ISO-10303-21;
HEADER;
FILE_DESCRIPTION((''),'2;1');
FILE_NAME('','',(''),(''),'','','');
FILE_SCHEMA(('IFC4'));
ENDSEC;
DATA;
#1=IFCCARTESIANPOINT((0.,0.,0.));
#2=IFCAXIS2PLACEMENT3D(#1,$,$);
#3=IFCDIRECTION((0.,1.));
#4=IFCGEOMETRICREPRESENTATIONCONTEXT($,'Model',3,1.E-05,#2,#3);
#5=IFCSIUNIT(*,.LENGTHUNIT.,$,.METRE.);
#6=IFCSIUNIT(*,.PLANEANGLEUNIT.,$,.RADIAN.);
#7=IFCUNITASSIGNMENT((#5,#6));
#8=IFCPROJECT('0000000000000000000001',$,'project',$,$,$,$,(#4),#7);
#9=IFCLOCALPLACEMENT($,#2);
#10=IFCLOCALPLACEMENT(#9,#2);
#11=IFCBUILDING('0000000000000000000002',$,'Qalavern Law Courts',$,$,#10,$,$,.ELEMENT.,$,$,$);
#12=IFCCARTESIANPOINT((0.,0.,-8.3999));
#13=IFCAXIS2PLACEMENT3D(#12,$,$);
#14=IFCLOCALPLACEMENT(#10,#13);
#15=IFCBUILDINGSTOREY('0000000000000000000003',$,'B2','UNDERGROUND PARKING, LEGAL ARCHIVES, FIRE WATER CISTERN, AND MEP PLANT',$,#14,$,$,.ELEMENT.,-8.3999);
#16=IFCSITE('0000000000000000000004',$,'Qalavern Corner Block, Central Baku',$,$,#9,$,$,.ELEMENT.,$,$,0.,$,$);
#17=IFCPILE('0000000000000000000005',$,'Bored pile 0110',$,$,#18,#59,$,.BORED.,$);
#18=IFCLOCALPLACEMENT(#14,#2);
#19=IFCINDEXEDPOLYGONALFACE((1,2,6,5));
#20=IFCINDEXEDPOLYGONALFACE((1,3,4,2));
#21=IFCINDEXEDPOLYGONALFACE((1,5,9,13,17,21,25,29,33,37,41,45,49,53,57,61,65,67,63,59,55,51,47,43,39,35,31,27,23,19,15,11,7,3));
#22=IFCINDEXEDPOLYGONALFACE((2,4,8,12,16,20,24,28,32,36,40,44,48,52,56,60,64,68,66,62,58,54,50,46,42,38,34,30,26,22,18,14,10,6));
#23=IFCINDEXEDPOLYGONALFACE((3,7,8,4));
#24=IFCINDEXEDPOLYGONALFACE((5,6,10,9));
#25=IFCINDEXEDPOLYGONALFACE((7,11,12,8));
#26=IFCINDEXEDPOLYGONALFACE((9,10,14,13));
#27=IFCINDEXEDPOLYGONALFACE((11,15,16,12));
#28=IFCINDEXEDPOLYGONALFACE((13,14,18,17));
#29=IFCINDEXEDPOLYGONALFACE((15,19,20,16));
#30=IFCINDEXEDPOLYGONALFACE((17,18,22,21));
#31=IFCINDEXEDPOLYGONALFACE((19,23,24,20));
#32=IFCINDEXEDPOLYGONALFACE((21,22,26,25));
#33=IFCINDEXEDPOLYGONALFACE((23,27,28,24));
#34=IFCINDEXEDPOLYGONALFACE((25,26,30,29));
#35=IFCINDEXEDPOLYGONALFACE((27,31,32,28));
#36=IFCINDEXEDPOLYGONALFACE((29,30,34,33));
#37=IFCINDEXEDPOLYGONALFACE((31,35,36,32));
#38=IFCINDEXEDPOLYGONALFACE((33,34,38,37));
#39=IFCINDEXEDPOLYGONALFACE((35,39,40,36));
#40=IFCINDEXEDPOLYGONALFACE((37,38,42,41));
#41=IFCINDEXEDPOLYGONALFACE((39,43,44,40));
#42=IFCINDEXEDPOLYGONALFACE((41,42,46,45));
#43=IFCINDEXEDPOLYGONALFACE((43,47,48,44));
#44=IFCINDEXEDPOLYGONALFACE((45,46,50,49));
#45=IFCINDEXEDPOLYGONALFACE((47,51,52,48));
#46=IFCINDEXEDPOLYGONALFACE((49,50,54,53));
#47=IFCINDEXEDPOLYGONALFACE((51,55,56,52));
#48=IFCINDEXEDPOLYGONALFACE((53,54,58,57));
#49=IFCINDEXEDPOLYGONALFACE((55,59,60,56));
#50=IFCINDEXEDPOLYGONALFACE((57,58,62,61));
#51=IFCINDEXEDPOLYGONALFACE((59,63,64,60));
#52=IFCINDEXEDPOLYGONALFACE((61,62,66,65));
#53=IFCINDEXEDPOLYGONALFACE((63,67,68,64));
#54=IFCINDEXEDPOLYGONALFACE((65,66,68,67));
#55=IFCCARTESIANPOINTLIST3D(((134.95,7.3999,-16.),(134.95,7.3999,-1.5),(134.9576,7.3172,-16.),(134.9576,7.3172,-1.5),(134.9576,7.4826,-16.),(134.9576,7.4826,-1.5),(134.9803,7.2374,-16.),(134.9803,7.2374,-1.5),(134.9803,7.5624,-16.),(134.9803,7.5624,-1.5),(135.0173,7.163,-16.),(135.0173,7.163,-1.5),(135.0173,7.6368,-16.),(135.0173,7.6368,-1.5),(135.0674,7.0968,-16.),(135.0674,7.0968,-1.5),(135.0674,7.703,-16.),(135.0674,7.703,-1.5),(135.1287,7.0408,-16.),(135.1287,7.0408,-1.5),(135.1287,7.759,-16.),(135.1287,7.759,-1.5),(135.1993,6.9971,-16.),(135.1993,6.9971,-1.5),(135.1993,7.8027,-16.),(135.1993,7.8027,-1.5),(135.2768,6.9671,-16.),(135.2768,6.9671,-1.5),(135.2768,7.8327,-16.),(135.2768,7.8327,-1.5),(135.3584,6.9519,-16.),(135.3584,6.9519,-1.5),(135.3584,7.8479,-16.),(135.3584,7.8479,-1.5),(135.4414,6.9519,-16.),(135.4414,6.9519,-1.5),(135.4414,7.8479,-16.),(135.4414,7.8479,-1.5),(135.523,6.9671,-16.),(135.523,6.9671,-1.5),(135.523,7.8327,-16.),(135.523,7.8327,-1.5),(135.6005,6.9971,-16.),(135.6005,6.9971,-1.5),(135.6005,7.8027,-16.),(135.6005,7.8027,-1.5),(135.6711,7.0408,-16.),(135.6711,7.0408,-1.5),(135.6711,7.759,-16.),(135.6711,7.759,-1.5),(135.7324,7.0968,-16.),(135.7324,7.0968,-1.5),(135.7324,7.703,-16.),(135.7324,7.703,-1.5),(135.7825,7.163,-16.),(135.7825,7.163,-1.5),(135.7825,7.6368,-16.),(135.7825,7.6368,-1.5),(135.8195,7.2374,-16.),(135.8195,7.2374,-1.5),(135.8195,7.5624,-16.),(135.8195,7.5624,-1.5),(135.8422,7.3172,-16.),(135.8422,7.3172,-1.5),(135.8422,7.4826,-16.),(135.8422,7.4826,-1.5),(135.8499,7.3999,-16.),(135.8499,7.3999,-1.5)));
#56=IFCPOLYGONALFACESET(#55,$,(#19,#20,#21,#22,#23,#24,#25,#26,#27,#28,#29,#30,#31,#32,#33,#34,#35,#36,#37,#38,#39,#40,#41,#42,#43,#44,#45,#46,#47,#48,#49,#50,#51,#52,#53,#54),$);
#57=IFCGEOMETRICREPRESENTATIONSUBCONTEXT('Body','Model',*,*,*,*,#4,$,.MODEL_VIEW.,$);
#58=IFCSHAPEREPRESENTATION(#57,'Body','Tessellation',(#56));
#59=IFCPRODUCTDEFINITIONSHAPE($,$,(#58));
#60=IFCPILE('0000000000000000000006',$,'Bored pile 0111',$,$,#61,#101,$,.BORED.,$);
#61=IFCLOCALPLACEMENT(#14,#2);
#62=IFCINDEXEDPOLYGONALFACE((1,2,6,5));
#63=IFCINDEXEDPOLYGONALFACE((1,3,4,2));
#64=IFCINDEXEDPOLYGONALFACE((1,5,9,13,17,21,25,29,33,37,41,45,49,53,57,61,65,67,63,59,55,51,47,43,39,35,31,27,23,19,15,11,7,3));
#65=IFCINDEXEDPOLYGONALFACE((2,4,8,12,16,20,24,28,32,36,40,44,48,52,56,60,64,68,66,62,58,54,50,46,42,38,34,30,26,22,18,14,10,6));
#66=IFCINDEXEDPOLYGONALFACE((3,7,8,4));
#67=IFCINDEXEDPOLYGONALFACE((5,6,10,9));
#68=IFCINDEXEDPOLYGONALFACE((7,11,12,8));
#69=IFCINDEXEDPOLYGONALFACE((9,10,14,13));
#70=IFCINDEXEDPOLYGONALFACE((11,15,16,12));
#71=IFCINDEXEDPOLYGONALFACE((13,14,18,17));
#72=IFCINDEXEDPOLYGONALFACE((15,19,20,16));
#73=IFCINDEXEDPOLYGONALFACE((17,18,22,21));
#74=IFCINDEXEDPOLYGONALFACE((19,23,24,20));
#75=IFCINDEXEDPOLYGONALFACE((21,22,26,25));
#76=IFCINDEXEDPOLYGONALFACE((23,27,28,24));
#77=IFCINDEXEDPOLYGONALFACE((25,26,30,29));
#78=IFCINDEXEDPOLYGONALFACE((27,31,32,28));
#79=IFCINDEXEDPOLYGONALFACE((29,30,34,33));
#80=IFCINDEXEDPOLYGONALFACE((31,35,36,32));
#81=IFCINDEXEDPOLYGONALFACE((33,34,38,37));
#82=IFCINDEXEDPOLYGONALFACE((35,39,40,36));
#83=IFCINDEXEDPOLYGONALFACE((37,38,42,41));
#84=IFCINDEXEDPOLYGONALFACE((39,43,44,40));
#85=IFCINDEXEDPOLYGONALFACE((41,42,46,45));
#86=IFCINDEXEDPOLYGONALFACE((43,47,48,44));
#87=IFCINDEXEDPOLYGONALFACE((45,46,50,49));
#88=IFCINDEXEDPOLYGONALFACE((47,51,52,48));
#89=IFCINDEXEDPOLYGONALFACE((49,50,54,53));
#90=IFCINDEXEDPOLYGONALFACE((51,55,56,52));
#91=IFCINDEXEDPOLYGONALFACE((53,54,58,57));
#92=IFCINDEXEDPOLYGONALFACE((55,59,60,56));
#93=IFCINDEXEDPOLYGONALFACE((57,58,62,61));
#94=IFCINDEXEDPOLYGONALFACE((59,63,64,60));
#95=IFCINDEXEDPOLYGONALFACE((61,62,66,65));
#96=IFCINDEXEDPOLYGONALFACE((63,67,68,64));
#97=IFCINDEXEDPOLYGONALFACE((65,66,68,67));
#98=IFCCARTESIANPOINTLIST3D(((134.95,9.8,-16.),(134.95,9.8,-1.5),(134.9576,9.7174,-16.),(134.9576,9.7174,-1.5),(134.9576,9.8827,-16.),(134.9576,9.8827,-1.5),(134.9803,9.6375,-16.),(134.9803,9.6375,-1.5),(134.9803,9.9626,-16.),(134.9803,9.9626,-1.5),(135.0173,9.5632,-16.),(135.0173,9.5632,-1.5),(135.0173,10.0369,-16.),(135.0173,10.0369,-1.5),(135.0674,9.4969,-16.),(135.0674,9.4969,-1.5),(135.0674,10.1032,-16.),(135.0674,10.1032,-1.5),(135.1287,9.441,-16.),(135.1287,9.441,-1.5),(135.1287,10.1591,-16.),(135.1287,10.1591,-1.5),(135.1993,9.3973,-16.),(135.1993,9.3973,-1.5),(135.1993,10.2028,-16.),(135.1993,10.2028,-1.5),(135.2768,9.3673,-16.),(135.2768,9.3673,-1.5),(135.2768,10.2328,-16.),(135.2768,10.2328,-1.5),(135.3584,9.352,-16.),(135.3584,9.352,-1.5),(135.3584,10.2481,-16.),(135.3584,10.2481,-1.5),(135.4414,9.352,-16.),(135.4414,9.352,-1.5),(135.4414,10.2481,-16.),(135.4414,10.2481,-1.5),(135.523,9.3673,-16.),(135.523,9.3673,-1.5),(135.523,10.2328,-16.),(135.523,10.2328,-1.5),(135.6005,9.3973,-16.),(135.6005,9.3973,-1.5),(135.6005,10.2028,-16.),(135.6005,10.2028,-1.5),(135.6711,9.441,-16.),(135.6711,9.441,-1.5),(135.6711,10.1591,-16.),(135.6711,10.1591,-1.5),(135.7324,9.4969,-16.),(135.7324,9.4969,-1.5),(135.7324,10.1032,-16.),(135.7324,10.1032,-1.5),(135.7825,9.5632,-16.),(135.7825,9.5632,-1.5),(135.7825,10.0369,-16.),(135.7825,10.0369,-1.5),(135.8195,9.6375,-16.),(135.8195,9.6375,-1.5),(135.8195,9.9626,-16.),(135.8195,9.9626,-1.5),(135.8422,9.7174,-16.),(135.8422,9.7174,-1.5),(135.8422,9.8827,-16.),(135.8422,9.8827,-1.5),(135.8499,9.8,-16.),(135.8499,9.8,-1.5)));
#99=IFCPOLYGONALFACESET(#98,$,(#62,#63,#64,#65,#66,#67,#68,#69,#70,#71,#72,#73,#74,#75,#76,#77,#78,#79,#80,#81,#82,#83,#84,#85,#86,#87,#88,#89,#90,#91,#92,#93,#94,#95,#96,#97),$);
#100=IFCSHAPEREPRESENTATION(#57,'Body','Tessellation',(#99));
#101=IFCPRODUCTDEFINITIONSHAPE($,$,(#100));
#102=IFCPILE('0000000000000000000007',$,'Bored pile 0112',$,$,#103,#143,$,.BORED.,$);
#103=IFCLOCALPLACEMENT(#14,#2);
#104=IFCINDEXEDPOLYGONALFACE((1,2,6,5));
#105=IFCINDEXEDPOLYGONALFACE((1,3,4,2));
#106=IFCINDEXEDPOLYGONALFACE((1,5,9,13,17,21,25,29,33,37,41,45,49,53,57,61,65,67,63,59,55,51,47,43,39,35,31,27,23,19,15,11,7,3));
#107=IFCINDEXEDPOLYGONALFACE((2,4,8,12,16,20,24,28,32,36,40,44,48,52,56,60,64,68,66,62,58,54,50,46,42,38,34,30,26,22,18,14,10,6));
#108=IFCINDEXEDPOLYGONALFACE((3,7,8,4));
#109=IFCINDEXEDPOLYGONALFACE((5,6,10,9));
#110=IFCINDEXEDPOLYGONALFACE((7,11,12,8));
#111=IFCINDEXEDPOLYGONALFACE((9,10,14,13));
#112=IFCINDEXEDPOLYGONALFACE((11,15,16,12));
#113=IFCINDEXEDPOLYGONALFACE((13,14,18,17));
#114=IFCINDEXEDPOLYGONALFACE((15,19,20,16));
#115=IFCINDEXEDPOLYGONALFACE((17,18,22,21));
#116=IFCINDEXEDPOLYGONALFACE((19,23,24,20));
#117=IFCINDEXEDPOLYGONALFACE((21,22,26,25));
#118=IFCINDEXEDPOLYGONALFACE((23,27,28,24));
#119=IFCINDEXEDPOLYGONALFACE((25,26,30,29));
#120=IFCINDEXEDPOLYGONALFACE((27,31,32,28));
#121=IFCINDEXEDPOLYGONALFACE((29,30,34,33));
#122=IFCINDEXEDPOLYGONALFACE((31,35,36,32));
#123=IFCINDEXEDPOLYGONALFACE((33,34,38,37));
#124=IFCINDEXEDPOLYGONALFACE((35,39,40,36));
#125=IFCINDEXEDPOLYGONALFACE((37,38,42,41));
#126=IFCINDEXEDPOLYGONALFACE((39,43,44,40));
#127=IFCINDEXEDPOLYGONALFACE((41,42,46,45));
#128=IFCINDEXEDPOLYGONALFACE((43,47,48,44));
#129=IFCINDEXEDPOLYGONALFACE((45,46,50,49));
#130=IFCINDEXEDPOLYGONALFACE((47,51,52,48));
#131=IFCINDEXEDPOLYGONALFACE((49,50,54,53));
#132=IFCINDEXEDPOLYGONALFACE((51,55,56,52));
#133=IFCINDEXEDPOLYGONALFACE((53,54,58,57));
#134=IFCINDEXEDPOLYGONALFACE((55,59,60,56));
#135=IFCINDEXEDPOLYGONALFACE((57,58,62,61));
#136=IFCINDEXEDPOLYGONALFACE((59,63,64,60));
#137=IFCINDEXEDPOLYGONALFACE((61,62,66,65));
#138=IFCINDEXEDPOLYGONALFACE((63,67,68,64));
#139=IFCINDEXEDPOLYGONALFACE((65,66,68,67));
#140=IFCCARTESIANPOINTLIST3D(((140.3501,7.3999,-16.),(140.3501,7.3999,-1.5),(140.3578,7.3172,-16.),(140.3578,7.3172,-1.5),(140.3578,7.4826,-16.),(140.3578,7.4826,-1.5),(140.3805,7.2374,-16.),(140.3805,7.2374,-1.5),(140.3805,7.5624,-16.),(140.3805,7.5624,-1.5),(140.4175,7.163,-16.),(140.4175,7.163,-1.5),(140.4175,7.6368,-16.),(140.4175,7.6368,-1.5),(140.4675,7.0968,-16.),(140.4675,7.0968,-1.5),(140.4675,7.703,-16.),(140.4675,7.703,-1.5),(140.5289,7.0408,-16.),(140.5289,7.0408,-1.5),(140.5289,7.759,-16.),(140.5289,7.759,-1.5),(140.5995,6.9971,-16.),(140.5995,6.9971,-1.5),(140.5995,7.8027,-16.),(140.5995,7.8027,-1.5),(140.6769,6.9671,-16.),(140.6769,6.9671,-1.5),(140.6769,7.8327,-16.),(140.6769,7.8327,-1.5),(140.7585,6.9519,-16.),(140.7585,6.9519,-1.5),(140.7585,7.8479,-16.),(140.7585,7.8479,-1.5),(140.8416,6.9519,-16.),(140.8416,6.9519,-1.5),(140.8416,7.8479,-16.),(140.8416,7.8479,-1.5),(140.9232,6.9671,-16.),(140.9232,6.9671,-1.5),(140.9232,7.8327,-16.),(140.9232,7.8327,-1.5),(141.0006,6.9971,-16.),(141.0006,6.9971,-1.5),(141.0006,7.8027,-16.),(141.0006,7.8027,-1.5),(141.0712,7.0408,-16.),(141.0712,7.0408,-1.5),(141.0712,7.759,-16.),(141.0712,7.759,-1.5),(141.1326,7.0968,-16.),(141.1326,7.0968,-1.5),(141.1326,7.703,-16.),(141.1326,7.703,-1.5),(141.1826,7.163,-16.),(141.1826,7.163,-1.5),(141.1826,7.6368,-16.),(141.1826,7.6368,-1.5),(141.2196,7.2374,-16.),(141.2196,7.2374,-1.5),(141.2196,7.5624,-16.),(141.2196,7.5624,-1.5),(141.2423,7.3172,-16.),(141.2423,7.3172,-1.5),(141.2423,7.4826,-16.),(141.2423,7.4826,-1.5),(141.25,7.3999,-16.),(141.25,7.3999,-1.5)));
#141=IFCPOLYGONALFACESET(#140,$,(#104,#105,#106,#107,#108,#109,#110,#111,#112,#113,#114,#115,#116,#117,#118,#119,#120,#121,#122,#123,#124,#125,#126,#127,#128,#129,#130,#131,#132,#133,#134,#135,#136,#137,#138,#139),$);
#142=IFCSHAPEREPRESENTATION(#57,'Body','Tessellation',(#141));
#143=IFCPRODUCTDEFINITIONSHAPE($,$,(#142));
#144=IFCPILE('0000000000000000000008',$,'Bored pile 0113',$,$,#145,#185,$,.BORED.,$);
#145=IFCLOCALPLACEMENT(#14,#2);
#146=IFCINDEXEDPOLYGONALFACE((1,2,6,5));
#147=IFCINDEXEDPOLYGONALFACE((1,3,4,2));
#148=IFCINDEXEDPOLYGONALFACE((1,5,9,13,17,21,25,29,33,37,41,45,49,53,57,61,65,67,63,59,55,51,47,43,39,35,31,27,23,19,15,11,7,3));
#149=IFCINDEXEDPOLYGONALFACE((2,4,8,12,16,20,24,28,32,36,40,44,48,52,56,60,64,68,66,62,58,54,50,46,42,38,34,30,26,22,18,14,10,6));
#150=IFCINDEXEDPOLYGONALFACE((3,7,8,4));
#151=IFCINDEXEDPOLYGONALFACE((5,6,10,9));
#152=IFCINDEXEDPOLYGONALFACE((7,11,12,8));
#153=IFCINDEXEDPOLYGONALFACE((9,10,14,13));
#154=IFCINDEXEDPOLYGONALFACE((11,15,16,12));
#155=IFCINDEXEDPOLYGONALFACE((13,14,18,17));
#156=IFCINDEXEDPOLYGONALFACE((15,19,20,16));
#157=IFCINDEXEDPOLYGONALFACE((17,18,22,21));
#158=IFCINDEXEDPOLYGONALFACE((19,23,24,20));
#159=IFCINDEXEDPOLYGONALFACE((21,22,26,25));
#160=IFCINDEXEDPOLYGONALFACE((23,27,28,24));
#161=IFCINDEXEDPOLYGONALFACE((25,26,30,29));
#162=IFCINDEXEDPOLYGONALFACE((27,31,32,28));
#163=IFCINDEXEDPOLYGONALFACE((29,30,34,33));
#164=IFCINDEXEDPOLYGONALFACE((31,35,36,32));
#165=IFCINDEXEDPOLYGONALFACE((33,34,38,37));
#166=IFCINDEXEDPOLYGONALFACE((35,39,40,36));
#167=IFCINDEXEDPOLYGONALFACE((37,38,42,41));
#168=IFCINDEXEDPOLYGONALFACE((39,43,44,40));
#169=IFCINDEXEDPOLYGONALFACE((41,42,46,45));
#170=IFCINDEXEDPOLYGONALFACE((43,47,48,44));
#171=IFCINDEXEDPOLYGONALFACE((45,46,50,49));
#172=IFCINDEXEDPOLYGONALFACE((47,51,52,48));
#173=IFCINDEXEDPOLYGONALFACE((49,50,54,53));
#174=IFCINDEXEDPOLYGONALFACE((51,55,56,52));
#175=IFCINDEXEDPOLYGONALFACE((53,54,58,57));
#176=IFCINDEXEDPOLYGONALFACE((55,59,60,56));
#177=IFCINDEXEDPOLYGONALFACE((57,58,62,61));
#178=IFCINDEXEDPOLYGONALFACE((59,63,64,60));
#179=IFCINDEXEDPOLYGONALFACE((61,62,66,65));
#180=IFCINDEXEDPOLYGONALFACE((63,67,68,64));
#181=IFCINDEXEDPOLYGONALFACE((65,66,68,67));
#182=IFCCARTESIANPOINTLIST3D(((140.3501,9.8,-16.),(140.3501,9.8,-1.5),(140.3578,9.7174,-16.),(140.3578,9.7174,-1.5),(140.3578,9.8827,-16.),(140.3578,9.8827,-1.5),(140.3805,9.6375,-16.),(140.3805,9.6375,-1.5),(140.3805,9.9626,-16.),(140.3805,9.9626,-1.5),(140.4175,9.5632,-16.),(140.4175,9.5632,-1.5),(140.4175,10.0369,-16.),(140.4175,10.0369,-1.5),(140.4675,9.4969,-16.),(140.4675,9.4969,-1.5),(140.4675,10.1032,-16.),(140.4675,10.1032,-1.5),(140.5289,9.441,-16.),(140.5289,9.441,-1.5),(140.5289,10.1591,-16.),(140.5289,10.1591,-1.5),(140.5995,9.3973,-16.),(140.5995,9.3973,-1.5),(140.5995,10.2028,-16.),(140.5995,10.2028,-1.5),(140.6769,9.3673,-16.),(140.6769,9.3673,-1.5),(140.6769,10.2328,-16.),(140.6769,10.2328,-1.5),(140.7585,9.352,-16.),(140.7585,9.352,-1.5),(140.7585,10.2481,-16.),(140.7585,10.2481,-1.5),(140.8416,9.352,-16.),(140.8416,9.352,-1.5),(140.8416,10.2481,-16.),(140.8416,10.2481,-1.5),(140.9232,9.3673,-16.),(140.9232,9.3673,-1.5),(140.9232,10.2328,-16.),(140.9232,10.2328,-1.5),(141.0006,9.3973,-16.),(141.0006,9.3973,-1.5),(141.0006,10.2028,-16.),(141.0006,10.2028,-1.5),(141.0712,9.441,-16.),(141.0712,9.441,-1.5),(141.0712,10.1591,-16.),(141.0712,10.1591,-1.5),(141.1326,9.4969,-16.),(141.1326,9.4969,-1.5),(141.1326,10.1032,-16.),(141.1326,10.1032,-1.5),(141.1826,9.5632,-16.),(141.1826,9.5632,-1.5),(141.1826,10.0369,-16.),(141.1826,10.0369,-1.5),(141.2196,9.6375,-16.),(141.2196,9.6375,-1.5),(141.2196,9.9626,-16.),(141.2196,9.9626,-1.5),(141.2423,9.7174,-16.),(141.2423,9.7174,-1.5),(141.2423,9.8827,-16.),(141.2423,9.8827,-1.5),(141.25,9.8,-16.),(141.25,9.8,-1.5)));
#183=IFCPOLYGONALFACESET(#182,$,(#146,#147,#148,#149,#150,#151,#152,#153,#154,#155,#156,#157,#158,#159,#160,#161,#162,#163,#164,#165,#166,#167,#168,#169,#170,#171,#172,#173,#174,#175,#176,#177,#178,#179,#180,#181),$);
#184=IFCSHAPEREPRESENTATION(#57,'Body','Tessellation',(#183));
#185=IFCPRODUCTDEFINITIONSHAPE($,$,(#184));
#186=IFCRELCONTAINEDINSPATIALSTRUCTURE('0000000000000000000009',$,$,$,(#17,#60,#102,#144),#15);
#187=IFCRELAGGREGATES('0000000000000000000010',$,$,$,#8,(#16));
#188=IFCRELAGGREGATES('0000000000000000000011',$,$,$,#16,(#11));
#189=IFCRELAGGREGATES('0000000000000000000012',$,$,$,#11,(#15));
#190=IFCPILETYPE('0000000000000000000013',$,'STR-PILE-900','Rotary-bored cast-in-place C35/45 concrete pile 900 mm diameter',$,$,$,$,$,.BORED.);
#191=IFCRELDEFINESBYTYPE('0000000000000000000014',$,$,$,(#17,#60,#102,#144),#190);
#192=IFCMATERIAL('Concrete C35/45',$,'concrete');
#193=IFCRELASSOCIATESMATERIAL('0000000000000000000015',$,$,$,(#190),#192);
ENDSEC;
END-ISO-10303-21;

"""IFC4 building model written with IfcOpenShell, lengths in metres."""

from ifc_helpers import new_model, si_unit, direction, frame, origin, origin_2d, place, context, subcontext, project, spatial, circle, extrude, material, material_profile, profile_set, type_object, element, save


model = new_model("IFC4")

# Units and contexts
model_context = context("Model", 3, precision=1e-05, world=origin(), true_north=direction((0.0, 1.0)))
body_context = subcontext(model_context, "Body", "Model", "MODEL_VIEW")
ifc_project = project(units=[si_unit("LENGTHUNIT", "METRE"), si_unit("PLANEANGLEUNIT", "RADIAN")], contexts=[model_context])

# Site, building, storey
site_placement = place(None, origin())
site = spatial("IfcSite", under=ifc_project, at=site_placement, Name="Qalavern Corner Block, Central Baku", CompositionType="ELEMENT", RefElevation=0.0)
building_placement = place(site_placement, origin())
building = spatial("IfcBuilding", under=site, at=building_placement, Name="Qalavern Law Courts", CompositionType="ELEMENT")
storey_placement = place(building_placement, frame((0.0, 0.0, -8.3999)))
storey = spatial("IfcBuildingStorey", under=building, at=storey_placement, Name="B2", Description="UNDERGROUND PARKING, LEGAL ARCHIVES, FIRE WATER CISTERN, AND MEP PLANT", CompositionType="ELEMENT", Elevation=-8.3999)

# Shared definitions
ifc_material_1 = material(Name="Concrete C35/45", Category="concrete")

# Piles
ifc_material_profile_1 = material_profile(ifc_material_1, circle(Radius=0.45, at=origin_2d()), Name="BORED PILE 900")
ifc_profile_set_1 = profile_set([ifc_material_profile_1], Name="Concrete C35/45")
pile_type_1 = type_object("IfcPileType", Name="STR-PILE-900", Description="Rotary-bored cast-in-place C35/45 concrete pile 900 mm diameter", PredefinedType="BORED", material=ifc_profile_set_1)
for number, where, z_axis, x_axis, name in (
    (1, (135.3999, 7.3999, -1.5), (0.0, 0.0, -1.0), (1.0, 0.0, 0.0), "Bored pile 0110"),
    (2, (135.3999, 9.8, -1.5), (0.0, 0.0, -1.0), (1.0, 0.0, 0.0), "Bored pile 0111"),
    (3, (140.8, 7.3999, -1.5), (0.0, 0.0, -1.0), (1.0, 0.0, 0.0), "Bored pile 0112"),
    (4, (140.8, 9.8, -1.5), (0.0, 0.0, -1.0), (1.0, 0.0, 0.0), "Bored pile 0113"),
):
    element("IfcPile", number, at=place(storey_placement, frame(where, z_axis=z_axis, x_axis=x_axis)), inside=storey, type_object=pile_type_1, Name=name, PredefinedType="BORED", context=body_context, shape_type="SweptSolid", body=[
        extrude(circle(Radius=0.45, at=origin_2d()), origin(), (0.0, 0.0, 1.0), 14.5),
    ])

save(model, "model.ifc")
